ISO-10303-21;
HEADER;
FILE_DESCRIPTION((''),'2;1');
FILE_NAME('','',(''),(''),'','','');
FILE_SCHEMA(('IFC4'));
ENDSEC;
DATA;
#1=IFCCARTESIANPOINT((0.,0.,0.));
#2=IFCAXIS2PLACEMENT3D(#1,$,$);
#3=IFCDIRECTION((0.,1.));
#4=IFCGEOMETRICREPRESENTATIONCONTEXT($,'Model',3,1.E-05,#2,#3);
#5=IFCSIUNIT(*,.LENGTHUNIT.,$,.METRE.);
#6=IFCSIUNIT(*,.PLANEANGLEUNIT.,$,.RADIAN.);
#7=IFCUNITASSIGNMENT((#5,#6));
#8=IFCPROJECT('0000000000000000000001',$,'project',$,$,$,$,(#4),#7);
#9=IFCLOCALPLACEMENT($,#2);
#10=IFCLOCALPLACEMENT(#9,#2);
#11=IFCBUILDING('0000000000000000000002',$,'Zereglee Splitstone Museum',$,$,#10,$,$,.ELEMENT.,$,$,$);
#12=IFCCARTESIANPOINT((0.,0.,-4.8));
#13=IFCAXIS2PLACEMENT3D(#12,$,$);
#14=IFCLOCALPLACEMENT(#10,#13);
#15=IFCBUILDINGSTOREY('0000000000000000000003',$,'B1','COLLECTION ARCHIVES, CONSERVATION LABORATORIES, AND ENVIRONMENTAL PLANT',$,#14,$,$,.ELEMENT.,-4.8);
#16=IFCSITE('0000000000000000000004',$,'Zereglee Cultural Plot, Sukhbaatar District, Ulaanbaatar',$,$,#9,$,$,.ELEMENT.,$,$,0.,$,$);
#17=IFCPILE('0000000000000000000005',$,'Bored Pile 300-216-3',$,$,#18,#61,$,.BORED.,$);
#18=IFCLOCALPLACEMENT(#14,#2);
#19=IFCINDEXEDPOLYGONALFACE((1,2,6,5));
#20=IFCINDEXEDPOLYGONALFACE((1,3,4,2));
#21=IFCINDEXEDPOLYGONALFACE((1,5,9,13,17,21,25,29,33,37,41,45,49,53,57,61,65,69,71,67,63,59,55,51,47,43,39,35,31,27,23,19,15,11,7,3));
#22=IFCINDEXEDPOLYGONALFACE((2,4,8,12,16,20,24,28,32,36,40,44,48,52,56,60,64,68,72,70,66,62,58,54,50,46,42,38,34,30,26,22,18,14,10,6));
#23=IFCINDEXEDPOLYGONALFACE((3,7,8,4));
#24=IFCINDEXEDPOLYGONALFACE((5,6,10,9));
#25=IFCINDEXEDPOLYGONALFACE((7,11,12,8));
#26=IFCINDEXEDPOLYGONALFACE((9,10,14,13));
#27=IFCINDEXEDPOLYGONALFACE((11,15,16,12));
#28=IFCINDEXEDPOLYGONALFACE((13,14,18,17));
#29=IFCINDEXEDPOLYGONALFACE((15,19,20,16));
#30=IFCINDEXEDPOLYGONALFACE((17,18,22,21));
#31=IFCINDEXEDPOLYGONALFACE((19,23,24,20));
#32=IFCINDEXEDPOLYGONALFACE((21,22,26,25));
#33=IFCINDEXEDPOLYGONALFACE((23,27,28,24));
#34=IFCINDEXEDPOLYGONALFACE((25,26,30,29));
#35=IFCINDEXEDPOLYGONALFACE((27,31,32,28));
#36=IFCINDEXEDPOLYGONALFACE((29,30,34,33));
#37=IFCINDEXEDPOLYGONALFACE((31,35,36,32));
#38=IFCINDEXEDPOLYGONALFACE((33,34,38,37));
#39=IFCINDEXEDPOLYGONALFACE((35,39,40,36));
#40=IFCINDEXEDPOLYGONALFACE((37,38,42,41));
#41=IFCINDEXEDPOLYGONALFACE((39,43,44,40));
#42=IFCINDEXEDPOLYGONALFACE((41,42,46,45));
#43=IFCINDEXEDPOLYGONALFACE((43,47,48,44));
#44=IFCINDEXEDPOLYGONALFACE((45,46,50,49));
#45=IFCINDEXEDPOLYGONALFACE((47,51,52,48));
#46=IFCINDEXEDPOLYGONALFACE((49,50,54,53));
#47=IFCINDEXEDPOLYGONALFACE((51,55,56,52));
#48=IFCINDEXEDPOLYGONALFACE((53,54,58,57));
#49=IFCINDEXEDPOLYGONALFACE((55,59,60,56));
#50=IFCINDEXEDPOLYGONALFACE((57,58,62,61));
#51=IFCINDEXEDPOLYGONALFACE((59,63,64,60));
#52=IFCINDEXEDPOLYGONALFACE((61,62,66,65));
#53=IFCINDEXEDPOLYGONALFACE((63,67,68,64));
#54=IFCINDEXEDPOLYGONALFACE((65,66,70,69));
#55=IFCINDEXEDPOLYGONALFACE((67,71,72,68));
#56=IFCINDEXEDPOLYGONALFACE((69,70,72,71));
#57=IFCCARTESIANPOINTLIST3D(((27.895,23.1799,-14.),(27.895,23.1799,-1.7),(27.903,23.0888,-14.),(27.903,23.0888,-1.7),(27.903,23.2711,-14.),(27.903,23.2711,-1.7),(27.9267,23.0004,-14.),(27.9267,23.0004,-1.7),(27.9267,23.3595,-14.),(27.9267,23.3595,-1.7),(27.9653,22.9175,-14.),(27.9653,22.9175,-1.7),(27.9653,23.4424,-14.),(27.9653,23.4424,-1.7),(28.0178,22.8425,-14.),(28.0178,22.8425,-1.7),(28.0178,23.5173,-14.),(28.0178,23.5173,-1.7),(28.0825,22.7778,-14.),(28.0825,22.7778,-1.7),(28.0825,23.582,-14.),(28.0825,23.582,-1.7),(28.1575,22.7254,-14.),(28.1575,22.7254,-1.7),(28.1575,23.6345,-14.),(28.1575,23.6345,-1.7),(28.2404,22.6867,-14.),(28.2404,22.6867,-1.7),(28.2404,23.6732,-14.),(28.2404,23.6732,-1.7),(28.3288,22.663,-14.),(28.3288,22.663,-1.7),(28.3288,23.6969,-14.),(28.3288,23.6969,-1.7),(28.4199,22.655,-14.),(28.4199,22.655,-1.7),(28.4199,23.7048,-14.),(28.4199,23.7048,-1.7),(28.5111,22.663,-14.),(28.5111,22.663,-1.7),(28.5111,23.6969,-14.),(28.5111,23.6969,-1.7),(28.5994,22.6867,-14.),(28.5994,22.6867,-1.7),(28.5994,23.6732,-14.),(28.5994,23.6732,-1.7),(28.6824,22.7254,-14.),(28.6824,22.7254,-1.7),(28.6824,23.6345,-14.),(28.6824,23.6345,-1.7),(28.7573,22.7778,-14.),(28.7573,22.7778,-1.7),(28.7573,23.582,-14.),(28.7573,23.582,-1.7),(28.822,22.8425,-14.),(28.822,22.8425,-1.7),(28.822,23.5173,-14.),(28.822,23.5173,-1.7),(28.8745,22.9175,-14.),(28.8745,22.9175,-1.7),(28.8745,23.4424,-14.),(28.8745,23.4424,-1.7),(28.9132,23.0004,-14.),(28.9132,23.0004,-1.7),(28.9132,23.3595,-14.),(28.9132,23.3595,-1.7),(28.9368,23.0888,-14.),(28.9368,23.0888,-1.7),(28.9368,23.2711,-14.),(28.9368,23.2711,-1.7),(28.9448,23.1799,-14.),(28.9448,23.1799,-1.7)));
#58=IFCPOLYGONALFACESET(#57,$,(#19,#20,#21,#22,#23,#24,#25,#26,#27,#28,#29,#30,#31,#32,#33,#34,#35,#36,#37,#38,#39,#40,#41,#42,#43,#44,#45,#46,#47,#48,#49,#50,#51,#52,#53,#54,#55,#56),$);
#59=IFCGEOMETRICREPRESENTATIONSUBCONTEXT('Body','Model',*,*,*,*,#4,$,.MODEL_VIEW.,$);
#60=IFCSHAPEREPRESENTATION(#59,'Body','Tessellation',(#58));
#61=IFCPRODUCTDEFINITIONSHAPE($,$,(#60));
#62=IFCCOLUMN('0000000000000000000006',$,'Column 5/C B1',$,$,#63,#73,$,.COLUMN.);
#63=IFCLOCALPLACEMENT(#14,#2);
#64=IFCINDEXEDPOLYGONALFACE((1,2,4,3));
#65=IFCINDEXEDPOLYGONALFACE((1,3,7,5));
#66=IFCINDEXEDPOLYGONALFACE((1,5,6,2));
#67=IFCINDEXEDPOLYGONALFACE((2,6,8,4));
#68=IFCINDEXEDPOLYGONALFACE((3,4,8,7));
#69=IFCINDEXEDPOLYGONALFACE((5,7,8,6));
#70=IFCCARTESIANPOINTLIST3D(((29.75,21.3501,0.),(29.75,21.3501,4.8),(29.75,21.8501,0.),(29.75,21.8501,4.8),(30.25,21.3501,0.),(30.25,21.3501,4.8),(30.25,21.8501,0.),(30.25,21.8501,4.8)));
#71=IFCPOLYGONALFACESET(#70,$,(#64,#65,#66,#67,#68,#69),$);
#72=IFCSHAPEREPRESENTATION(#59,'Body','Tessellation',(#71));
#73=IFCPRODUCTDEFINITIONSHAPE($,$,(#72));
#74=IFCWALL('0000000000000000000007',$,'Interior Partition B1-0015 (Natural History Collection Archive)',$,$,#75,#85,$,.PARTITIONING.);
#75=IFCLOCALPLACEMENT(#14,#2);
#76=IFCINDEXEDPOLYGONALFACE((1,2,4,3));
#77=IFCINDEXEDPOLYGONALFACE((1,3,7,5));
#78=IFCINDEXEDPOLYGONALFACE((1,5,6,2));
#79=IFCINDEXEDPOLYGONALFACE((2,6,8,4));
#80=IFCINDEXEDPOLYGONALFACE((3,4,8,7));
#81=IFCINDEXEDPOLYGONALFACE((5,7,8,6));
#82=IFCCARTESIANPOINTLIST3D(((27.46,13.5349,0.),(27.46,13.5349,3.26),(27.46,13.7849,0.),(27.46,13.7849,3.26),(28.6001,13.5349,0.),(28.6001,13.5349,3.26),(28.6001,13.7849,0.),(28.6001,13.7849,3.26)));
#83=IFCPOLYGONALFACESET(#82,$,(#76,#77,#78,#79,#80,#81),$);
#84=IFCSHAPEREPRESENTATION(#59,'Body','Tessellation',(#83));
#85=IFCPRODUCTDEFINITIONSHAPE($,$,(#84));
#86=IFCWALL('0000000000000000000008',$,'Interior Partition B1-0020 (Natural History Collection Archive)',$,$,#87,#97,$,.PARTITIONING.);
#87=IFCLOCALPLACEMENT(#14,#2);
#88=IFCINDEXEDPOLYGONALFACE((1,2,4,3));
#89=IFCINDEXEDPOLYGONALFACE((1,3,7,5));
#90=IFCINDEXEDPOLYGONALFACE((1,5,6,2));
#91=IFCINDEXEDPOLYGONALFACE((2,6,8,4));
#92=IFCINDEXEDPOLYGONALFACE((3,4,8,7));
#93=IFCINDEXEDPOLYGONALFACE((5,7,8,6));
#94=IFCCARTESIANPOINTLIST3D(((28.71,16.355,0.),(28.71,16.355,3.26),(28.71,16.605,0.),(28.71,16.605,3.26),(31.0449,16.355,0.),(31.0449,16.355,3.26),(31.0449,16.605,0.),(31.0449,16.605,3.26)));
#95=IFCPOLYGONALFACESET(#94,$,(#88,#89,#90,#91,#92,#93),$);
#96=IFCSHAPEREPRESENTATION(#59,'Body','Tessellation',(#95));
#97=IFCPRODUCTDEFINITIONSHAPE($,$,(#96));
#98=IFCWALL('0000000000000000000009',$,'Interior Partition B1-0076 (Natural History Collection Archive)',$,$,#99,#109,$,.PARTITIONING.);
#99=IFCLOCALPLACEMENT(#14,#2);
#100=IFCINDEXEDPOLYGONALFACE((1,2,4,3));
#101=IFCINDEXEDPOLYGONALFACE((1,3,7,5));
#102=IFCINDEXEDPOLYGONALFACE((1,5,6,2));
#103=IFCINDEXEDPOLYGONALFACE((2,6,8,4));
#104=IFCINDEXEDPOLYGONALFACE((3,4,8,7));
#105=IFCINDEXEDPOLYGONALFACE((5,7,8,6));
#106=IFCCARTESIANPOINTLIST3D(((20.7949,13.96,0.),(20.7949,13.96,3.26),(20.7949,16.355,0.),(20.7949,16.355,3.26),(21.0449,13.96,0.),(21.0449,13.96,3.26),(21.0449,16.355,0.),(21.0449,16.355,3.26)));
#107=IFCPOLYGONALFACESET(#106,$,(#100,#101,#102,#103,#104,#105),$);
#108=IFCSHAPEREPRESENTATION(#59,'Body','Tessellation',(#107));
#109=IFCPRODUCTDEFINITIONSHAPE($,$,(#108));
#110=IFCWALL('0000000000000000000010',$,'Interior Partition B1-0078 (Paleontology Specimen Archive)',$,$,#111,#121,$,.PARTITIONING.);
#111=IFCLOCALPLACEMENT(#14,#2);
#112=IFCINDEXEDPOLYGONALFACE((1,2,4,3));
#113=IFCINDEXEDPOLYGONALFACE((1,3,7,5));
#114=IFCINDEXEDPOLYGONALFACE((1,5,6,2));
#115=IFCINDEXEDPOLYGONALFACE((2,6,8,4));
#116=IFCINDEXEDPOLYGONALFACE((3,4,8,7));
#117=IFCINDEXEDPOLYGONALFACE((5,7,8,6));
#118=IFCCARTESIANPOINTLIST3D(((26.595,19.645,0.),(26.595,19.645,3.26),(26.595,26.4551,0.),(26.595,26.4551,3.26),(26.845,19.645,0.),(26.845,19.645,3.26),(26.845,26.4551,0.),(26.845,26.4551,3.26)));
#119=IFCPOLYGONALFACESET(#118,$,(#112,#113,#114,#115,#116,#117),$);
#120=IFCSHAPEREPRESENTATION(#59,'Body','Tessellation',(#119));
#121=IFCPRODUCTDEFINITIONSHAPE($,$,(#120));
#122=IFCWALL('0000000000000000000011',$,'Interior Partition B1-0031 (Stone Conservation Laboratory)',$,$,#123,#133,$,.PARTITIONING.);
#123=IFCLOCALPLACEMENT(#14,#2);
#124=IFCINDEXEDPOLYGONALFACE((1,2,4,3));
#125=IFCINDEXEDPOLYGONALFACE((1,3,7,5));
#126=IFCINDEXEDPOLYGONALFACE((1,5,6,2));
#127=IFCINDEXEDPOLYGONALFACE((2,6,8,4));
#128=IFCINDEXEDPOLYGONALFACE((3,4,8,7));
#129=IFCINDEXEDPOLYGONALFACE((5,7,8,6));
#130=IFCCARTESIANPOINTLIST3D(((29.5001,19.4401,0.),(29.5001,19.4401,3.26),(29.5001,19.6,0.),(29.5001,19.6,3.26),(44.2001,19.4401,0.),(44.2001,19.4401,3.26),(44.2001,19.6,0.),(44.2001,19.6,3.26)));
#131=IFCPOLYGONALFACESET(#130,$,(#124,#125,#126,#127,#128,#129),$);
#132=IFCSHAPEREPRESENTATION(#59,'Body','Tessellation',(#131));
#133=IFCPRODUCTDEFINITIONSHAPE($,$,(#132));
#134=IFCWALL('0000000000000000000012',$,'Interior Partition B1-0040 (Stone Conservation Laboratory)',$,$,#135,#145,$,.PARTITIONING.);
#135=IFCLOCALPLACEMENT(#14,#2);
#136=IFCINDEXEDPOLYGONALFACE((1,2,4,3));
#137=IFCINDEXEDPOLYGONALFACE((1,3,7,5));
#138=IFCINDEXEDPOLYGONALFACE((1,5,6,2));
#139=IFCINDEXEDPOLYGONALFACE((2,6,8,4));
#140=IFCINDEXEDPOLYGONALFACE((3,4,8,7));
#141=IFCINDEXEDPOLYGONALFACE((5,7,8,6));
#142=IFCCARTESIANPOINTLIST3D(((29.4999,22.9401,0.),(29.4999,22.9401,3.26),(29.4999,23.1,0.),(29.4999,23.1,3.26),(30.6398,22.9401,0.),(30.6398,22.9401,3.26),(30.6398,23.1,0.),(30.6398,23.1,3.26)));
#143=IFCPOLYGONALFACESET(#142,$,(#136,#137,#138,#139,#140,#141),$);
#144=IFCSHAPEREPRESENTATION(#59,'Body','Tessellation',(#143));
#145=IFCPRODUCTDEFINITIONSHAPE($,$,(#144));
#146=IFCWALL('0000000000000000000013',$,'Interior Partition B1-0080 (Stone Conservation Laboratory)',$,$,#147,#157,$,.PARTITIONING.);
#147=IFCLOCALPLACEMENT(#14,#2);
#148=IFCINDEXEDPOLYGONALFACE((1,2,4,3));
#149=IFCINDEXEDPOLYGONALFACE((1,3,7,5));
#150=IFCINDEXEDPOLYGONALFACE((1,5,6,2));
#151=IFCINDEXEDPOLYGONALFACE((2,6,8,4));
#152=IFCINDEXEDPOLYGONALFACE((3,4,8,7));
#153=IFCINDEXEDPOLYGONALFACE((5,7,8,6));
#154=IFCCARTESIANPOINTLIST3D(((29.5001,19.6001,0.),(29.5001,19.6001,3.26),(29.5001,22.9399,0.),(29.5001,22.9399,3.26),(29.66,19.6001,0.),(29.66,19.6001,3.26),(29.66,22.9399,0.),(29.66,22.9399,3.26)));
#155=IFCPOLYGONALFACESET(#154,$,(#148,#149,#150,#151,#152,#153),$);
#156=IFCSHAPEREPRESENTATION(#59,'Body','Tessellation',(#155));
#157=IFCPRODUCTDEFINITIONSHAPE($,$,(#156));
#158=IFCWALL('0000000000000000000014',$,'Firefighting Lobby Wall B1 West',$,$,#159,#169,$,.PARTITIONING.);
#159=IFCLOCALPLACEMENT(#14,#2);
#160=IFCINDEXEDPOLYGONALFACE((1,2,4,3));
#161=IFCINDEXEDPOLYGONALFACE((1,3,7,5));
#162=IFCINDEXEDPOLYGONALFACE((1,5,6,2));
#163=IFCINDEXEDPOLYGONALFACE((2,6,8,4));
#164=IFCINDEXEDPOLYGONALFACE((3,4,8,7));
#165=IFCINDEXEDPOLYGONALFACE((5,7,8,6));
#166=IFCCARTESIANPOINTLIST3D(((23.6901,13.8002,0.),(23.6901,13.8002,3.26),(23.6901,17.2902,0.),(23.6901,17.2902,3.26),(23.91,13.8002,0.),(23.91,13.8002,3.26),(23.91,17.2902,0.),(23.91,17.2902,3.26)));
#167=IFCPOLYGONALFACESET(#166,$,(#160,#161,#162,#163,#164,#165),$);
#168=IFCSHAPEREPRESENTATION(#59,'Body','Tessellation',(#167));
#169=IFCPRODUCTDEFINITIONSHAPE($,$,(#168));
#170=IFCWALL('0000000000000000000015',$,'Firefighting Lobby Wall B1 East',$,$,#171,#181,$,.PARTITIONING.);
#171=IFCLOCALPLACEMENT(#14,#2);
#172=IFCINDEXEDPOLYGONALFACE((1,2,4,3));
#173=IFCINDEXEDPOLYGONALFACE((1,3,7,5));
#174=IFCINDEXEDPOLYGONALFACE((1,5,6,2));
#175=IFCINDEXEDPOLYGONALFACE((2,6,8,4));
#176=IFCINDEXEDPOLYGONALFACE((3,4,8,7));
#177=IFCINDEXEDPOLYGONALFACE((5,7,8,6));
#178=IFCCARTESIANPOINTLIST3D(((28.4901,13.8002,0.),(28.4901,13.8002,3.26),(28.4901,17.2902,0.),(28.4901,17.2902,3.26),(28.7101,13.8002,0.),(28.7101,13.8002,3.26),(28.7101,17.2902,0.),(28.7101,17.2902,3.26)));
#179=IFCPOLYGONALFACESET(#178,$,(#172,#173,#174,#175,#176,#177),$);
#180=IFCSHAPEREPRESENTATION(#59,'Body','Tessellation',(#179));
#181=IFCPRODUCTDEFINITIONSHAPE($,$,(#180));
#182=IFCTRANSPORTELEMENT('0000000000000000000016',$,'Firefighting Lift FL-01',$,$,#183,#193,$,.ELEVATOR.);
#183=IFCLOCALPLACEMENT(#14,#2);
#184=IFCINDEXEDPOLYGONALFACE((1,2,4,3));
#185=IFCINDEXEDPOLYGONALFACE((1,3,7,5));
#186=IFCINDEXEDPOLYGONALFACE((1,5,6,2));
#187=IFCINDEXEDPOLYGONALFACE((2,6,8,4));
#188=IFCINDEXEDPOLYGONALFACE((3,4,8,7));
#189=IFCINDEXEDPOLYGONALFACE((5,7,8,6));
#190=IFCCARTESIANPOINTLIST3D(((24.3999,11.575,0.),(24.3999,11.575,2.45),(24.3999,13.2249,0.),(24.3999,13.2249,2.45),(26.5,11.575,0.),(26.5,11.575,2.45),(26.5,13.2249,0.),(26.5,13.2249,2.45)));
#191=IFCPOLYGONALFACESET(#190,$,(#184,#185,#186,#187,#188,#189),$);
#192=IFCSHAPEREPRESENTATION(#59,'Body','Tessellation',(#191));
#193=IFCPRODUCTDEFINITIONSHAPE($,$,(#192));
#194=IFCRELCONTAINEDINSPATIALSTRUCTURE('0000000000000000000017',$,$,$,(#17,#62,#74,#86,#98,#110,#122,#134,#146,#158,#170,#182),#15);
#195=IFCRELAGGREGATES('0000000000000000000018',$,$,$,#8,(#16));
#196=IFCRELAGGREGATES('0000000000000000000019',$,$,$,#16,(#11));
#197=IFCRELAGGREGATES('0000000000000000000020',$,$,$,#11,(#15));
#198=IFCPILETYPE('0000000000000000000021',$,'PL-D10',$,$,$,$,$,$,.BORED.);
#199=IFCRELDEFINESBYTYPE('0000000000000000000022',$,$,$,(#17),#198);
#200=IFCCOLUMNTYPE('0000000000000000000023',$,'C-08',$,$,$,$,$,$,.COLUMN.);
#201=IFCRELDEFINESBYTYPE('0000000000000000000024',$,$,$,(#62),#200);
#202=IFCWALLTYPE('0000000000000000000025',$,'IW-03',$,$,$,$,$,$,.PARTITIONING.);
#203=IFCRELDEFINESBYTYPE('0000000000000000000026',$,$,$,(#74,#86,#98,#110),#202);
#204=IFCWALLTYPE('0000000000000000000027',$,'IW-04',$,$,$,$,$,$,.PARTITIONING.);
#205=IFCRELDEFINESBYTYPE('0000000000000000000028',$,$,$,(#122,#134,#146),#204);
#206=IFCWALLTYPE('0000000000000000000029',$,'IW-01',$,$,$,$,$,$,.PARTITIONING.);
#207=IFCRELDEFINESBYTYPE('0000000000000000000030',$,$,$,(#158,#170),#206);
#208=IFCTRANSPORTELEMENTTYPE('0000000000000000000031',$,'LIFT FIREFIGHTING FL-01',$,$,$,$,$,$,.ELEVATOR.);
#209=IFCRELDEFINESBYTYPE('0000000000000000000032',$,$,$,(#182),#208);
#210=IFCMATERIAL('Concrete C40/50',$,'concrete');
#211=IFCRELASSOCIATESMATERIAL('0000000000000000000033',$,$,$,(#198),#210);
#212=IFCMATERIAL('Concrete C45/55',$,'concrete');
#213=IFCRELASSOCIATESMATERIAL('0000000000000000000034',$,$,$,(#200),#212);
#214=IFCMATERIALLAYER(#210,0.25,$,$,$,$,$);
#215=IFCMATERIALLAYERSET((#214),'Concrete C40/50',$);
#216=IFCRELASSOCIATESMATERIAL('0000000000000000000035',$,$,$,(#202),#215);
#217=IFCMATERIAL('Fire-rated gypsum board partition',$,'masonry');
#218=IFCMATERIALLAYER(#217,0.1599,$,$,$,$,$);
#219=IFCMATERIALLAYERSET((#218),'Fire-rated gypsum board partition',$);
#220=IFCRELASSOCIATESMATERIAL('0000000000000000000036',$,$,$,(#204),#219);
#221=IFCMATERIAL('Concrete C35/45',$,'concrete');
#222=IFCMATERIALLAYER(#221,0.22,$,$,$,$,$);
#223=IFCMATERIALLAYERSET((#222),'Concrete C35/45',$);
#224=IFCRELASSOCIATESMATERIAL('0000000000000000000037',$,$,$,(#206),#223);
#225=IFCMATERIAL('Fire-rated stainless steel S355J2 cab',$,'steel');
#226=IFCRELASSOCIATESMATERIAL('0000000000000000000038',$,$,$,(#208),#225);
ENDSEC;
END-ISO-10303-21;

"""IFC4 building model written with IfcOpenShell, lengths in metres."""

from ifc_helpers import new_model, si_unit, direction, frame, frame_2d, origin, origin_2d, place, context, subcontext, project, spatial, rectangle, circle, extrude, material, layer, layer_set, material_profile, profile_set, type_object, element, save


model = new_model("IFC4")

# Units and contexts
model_context = context("Model", 3, precision=1e-05, world=origin(), true_north=direction((0.0, 1.0)))
body_context = subcontext(model_context, "Body", "Model", "MODEL_VIEW")
ifc_project = project(units=[si_unit("LENGTHUNIT", "METRE"), si_unit("PLANEANGLEUNIT", "RADIAN")], contexts=[model_context])

# Site, building, storey
site_placement = place(None, origin())
site = spatial("IfcSite", under=ifc_project, at=site_placement, Name="Zereglee Cultural Plot, Sukhbaatar District, Ulaanbaatar", CompositionType="ELEMENT", RefElevation=0.0)
building_placement = place(site_placement, origin())
building = spatial("IfcBuilding", under=site, at=building_placement, Name="Zereglee Splitstone Museum", CompositionType="ELEMENT")
storey_placement = place(building_placement, frame((0.0, 0.0, -4.8)))
storey = spatial("IfcBuildingStorey", under=building, at=storey_placement, Name="B1", Description="COLLECTION ARCHIVES, CONSERVATION LABORATORIES, AND ENVIRONMENTAL PLANT", CompositionType="ELEMENT", Elevation=-4.8)

# Shared definitions
ifc_material_1 = material(Name="Concrete C40/50", Category="concrete")

# Pile
ifc_material_profile_1 = material_profile(ifc_material_1, circle(Radius=0.5249, at=origin_2d()), Name="PILE D1050")
ifc_profile_set_1 = profile_set([ifc_material_profile_1], Name="Concrete C40/50")
pile_type = type_object("IfcPileType", Name="PL-D10", PredefinedType="BORED", material=ifc_profile_set_1)
for number, where, z_axis, x_axis, name in (
    (1, (28.4199, 23.1799, -1.7), (0.0, 0.0, -1.0), (1.0, 0.0, 0.0), "Bored Pile 300-216-3"),
):
    element("IfcPile", number, at=place(storey_placement, frame(where, z_axis=z_axis, x_axis=x_axis)), inside=storey, type_object=pile_type, Name=name, PredefinedType="BORED", context=body_context, shape_type="SweptSolid", body=[
        extrude(circle(Radius=0.5249, at=origin_2d()), origin(), (0.0, 0.0, 1.0), 12.3),
    ])

# Column
ifc_material_2 = material(Name="Concrete C45/55", Category="concrete")
ifc_material_profile_2 = material_profile(ifc_material_2, rectangle(XDim=0.5, YDim=0.5, at=origin_2d()), Name="RC 500x500")
ifc_profile_set_2 = profile_set([ifc_material_profile_2], Name="Concrete C45/55")
column_type = type_object("IfcColumnType", Name="C-08", PredefinedType="COLUMN", material=ifc_profile_set_2)
column_placement = place(storey_placement, frame((30.0, 21.6001, 0.0), z_axis=(0.0, 0.0, 1.0), x_axis=(1.0, 0.0, 0.0)))
element("IfcColumn", 2, at=column_placement, inside=storey, type_object=column_type, Name="Column 5/C B1", PredefinedType="COLUMN", context=body_context, shape_type="SweptSolid", body=[
    extrude(rectangle(XDim=0.5, YDim=0.5, at=origin_2d()), origin(), (0.0, 0.0, 1.0), 4.8),
])

# Walls
ifc_layer_1 = layer(ifc_material_1, 0.25)
ifc_layer_set_1 = layer_set([ifc_layer_1], Name="Concrete C40/50")
wall_type_1 = type_object("IfcWallType", Name="IW-03", PredefinedType="PARTITIONING", material=ifc_layer_set_1)
wall_1_placement = place(storey_placement, frame((27.46, 13.6599, 0.0), z_axis=(0.0, 0.0, 1.0), x_axis=(1.0, 0.0, 0.0)))
element("IfcWall", 3, at=wall_1_placement, inside=storey, type_object=wall_type_1, Name="Interior Partition B1-0015 (Natural History Collection Archive)", PredefinedType="PARTITIONING", context=body_context, shape_type="SweptSolid", body=[
    extrude(rectangle(XDim=1.1401, YDim=0.25, at=frame_2d((0.5701, 0.0))), origin(), (0.0, 0.0, 1.0), 3.26),
])
wall_2_placement = place(storey_placement, frame((28.71, 16.48, 0.0), z_axis=(0.0, 0.0, 1.0), x_axis=(1.0, 0.0, 0.0)))
element("IfcWall", 4, at=wall_2_placement, inside=storey, type_object=wall_type_1, Name="Interior Partition B1-0020 (Natural History Collection Archive)", PredefinedType="PARTITIONING", context=body_context, shape_type="SweptSolid", body=[
    extrude(rectangle(XDim=2.335, YDim=0.25, at=frame_2d((1.1675, 0.0))), origin(), (0.0, 0.0, 1.0), 3.26),
])
wall_3_placement = place(storey_placement, frame((20.9199, 13.96, 0.0), z_axis=(0.0, 0.0, 1.0), x_axis=(0.0, 1.0, 0.0)))
element("IfcWall", 5, at=wall_3_placement, inside=storey, type_object=wall_type_1, Name="Interior Partition B1-0076 (Natural History Collection Archive)", PredefinedType="PARTITIONING", context=body_context, shape_type="SweptSolid", body=[
    extrude(rectangle(XDim=2.395, YDim=0.25, at=frame_2d((1.1975, 0.0))), origin(), (0.0, 0.0, 1.0), 3.26),
])
wall_4_placement = place(storey_placement, frame((26.72, 19.645, 0.0), z_axis=(0.0, 0.0, 1.0), x_axis=(0.0, 1.0, 0.0)))
element("IfcWall", 6, at=wall_4_placement, inside=storey, type_object=wall_type_1, Name="Interior Partition B1-0078 (Paleontology Specimen Archive)", PredefinedType="PARTITIONING", context=body_context, shape_type="SweptSolid", body=[
    extrude(rectangle(XDim=6.8101, YDim=0.25, at=frame_2d((3.405, 0.0))), origin(), (0.0, 0.0, 1.0), 3.26),
])
ifc_material_3 = material(Name="Fire-rated gypsum board partition", Category="masonry")
ifc_layer_2 = layer(ifc_material_3, 0.1599)
ifc_layer_set_2 = layer_set([ifc_layer_2], Name="Fire-rated gypsum board partition")
wall_type_2 = type_object("IfcWallType", Name="IW-04", PredefinedType="PARTITIONING", material=ifc_layer_set_2)
wall_5_placement = place(storey_placement, frame((29.5, 19.52, 0.0), z_axis=(0.0, 0.0, 1.0), x_axis=(1.0, 0.0, 0.0)))
element("IfcWall", 7, at=wall_5_placement, inside=storey, type_object=wall_type_2, Name="Interior Partition B1-0031 (Stone Conservation Laboratory)", PredefinedType="PARTITIONING", context=body_context, shape_type="SweptSolid", body=[
    extrude(rectangle(XDim=14.7, YDim=0.1599, at=frame_2d((7.3501, 0.0))), origin(), (0.0, 0.0, 1.0), 3.26),
])
wall_6_placement = place(storey_placement, frame((29.5, 23.02, 0.0), z_axis=(0.0, 0.0, 1.0), x_axis=(1.0, 0.0, 0.0)))
element("IfcWall", 8, at=wall_6_placement, inside=storey, type_object=wall_type_2, Name="Interior Partition B1-0040 (Stone Conservation Laboratory)", PredefinedType="PARTITIONING", context=body_context, shape_type="SweptSolid", body=[
    extrude(rectangle(XDim=1.1399, YDim=0.1599, at=frame_2d((0.5698, 0.0))), origin(), (0.0, 0.0, 1.0), 3.26),
])
wall_7_placement = place(storey_placement, frame((29.5801, 19.6001, 0.0), z_axis=(0.0, 0.0, 1.0), x_axis=(0.0, 1.0, 0.0)))
element("IfcWall", 9, at=wall_7_placement, inside=storey, type_object=wall_type_2, Name="Interior Partition B1-0080 (Stone Conservation Laboratory)", PredefinedType="PARTITIONING", context=body_context, shape_type="SweptSolid", body=[
    extrude(rectangle(XDim=3.3398, YDim=0.1599, at=frame_2d((1.6699, 0.0))), origin(), (0.0, 0.0, 1.0), 3.26),
])

# Shared definitions
ifc_material_4 = material(Name="Concrete C35/45", Category="concrete")
ifc_layer_3 = layer(ifc_material_4, 0.22)
ifc_layer_set_3 = layer_set([ifc_layer_3], Name="Concrete C35/45")
wall_type_3 = type_object("IfcWallType", Name="IW-01", PredefinedType="PARTITIONING", material=ifc_layer_set_3)

# Walls
for number, where, z_axis, x_axis, name in (
    (10, (23.8, 13.8, 0.0), (0.0, 0.0, 1.0), (0.0, 1.0, 0.0), "Firefighting Lobby Wall B1 West"),
    (11, (28.6001, 13.8, 0.0), (0.0, 0.0, 1.0), (0.0, 1.0, 0.0), "Firefighting Lobby Wall B1 East"),
):
    element("IfcWall", number, at=place(storey_placement, frame(where, z_axis=z_axis, x_axis=x_axis)), inside=storey, type_object=wall_type_3, Name=name, PredefinedType="PARTITIONING", context=body_context, shape_type="SweptSolid", body=[
        extrude(rectangle(XDim=3.49, YDim=0.22, at=frame_2d((1.7451, 0.0))), origin(), (0.0, 0.0, 1.0), 3.26),
    ])

# Transport element
ifc_material_5 = material(Name="Fire-rated stainless steel S355J2 cab", Category="steel")
transport_element_type = type_object("IfcTransportElementType", Name="LIFT FIREFIGHTING FL-01", PredefinedType="ELEVATOR", material=ifc_material_5)
transport_element_placement = place(storey_placement, frame((25.45, 12.3999, 0.0), z_axis=(0.0, 0.0, 1.0), x_axis=(1.0, 0.0, 0.0)))
element("IfcTransportElement", 12, at=transport_element_placement, inside=storey, type_object=transport_element_type, Name="Firefighting Lift FL-01", PredefinedType="ELEVATOR", context=body_context, shape_type="SweptSolid", body=[
    extrude(rectangle(XDim=2.1001, YDim=1.6499, at=origin_2d()), origin(), (0.0, 0.0, 1.0), 2.45),
])

save(model, "model.ifc")
